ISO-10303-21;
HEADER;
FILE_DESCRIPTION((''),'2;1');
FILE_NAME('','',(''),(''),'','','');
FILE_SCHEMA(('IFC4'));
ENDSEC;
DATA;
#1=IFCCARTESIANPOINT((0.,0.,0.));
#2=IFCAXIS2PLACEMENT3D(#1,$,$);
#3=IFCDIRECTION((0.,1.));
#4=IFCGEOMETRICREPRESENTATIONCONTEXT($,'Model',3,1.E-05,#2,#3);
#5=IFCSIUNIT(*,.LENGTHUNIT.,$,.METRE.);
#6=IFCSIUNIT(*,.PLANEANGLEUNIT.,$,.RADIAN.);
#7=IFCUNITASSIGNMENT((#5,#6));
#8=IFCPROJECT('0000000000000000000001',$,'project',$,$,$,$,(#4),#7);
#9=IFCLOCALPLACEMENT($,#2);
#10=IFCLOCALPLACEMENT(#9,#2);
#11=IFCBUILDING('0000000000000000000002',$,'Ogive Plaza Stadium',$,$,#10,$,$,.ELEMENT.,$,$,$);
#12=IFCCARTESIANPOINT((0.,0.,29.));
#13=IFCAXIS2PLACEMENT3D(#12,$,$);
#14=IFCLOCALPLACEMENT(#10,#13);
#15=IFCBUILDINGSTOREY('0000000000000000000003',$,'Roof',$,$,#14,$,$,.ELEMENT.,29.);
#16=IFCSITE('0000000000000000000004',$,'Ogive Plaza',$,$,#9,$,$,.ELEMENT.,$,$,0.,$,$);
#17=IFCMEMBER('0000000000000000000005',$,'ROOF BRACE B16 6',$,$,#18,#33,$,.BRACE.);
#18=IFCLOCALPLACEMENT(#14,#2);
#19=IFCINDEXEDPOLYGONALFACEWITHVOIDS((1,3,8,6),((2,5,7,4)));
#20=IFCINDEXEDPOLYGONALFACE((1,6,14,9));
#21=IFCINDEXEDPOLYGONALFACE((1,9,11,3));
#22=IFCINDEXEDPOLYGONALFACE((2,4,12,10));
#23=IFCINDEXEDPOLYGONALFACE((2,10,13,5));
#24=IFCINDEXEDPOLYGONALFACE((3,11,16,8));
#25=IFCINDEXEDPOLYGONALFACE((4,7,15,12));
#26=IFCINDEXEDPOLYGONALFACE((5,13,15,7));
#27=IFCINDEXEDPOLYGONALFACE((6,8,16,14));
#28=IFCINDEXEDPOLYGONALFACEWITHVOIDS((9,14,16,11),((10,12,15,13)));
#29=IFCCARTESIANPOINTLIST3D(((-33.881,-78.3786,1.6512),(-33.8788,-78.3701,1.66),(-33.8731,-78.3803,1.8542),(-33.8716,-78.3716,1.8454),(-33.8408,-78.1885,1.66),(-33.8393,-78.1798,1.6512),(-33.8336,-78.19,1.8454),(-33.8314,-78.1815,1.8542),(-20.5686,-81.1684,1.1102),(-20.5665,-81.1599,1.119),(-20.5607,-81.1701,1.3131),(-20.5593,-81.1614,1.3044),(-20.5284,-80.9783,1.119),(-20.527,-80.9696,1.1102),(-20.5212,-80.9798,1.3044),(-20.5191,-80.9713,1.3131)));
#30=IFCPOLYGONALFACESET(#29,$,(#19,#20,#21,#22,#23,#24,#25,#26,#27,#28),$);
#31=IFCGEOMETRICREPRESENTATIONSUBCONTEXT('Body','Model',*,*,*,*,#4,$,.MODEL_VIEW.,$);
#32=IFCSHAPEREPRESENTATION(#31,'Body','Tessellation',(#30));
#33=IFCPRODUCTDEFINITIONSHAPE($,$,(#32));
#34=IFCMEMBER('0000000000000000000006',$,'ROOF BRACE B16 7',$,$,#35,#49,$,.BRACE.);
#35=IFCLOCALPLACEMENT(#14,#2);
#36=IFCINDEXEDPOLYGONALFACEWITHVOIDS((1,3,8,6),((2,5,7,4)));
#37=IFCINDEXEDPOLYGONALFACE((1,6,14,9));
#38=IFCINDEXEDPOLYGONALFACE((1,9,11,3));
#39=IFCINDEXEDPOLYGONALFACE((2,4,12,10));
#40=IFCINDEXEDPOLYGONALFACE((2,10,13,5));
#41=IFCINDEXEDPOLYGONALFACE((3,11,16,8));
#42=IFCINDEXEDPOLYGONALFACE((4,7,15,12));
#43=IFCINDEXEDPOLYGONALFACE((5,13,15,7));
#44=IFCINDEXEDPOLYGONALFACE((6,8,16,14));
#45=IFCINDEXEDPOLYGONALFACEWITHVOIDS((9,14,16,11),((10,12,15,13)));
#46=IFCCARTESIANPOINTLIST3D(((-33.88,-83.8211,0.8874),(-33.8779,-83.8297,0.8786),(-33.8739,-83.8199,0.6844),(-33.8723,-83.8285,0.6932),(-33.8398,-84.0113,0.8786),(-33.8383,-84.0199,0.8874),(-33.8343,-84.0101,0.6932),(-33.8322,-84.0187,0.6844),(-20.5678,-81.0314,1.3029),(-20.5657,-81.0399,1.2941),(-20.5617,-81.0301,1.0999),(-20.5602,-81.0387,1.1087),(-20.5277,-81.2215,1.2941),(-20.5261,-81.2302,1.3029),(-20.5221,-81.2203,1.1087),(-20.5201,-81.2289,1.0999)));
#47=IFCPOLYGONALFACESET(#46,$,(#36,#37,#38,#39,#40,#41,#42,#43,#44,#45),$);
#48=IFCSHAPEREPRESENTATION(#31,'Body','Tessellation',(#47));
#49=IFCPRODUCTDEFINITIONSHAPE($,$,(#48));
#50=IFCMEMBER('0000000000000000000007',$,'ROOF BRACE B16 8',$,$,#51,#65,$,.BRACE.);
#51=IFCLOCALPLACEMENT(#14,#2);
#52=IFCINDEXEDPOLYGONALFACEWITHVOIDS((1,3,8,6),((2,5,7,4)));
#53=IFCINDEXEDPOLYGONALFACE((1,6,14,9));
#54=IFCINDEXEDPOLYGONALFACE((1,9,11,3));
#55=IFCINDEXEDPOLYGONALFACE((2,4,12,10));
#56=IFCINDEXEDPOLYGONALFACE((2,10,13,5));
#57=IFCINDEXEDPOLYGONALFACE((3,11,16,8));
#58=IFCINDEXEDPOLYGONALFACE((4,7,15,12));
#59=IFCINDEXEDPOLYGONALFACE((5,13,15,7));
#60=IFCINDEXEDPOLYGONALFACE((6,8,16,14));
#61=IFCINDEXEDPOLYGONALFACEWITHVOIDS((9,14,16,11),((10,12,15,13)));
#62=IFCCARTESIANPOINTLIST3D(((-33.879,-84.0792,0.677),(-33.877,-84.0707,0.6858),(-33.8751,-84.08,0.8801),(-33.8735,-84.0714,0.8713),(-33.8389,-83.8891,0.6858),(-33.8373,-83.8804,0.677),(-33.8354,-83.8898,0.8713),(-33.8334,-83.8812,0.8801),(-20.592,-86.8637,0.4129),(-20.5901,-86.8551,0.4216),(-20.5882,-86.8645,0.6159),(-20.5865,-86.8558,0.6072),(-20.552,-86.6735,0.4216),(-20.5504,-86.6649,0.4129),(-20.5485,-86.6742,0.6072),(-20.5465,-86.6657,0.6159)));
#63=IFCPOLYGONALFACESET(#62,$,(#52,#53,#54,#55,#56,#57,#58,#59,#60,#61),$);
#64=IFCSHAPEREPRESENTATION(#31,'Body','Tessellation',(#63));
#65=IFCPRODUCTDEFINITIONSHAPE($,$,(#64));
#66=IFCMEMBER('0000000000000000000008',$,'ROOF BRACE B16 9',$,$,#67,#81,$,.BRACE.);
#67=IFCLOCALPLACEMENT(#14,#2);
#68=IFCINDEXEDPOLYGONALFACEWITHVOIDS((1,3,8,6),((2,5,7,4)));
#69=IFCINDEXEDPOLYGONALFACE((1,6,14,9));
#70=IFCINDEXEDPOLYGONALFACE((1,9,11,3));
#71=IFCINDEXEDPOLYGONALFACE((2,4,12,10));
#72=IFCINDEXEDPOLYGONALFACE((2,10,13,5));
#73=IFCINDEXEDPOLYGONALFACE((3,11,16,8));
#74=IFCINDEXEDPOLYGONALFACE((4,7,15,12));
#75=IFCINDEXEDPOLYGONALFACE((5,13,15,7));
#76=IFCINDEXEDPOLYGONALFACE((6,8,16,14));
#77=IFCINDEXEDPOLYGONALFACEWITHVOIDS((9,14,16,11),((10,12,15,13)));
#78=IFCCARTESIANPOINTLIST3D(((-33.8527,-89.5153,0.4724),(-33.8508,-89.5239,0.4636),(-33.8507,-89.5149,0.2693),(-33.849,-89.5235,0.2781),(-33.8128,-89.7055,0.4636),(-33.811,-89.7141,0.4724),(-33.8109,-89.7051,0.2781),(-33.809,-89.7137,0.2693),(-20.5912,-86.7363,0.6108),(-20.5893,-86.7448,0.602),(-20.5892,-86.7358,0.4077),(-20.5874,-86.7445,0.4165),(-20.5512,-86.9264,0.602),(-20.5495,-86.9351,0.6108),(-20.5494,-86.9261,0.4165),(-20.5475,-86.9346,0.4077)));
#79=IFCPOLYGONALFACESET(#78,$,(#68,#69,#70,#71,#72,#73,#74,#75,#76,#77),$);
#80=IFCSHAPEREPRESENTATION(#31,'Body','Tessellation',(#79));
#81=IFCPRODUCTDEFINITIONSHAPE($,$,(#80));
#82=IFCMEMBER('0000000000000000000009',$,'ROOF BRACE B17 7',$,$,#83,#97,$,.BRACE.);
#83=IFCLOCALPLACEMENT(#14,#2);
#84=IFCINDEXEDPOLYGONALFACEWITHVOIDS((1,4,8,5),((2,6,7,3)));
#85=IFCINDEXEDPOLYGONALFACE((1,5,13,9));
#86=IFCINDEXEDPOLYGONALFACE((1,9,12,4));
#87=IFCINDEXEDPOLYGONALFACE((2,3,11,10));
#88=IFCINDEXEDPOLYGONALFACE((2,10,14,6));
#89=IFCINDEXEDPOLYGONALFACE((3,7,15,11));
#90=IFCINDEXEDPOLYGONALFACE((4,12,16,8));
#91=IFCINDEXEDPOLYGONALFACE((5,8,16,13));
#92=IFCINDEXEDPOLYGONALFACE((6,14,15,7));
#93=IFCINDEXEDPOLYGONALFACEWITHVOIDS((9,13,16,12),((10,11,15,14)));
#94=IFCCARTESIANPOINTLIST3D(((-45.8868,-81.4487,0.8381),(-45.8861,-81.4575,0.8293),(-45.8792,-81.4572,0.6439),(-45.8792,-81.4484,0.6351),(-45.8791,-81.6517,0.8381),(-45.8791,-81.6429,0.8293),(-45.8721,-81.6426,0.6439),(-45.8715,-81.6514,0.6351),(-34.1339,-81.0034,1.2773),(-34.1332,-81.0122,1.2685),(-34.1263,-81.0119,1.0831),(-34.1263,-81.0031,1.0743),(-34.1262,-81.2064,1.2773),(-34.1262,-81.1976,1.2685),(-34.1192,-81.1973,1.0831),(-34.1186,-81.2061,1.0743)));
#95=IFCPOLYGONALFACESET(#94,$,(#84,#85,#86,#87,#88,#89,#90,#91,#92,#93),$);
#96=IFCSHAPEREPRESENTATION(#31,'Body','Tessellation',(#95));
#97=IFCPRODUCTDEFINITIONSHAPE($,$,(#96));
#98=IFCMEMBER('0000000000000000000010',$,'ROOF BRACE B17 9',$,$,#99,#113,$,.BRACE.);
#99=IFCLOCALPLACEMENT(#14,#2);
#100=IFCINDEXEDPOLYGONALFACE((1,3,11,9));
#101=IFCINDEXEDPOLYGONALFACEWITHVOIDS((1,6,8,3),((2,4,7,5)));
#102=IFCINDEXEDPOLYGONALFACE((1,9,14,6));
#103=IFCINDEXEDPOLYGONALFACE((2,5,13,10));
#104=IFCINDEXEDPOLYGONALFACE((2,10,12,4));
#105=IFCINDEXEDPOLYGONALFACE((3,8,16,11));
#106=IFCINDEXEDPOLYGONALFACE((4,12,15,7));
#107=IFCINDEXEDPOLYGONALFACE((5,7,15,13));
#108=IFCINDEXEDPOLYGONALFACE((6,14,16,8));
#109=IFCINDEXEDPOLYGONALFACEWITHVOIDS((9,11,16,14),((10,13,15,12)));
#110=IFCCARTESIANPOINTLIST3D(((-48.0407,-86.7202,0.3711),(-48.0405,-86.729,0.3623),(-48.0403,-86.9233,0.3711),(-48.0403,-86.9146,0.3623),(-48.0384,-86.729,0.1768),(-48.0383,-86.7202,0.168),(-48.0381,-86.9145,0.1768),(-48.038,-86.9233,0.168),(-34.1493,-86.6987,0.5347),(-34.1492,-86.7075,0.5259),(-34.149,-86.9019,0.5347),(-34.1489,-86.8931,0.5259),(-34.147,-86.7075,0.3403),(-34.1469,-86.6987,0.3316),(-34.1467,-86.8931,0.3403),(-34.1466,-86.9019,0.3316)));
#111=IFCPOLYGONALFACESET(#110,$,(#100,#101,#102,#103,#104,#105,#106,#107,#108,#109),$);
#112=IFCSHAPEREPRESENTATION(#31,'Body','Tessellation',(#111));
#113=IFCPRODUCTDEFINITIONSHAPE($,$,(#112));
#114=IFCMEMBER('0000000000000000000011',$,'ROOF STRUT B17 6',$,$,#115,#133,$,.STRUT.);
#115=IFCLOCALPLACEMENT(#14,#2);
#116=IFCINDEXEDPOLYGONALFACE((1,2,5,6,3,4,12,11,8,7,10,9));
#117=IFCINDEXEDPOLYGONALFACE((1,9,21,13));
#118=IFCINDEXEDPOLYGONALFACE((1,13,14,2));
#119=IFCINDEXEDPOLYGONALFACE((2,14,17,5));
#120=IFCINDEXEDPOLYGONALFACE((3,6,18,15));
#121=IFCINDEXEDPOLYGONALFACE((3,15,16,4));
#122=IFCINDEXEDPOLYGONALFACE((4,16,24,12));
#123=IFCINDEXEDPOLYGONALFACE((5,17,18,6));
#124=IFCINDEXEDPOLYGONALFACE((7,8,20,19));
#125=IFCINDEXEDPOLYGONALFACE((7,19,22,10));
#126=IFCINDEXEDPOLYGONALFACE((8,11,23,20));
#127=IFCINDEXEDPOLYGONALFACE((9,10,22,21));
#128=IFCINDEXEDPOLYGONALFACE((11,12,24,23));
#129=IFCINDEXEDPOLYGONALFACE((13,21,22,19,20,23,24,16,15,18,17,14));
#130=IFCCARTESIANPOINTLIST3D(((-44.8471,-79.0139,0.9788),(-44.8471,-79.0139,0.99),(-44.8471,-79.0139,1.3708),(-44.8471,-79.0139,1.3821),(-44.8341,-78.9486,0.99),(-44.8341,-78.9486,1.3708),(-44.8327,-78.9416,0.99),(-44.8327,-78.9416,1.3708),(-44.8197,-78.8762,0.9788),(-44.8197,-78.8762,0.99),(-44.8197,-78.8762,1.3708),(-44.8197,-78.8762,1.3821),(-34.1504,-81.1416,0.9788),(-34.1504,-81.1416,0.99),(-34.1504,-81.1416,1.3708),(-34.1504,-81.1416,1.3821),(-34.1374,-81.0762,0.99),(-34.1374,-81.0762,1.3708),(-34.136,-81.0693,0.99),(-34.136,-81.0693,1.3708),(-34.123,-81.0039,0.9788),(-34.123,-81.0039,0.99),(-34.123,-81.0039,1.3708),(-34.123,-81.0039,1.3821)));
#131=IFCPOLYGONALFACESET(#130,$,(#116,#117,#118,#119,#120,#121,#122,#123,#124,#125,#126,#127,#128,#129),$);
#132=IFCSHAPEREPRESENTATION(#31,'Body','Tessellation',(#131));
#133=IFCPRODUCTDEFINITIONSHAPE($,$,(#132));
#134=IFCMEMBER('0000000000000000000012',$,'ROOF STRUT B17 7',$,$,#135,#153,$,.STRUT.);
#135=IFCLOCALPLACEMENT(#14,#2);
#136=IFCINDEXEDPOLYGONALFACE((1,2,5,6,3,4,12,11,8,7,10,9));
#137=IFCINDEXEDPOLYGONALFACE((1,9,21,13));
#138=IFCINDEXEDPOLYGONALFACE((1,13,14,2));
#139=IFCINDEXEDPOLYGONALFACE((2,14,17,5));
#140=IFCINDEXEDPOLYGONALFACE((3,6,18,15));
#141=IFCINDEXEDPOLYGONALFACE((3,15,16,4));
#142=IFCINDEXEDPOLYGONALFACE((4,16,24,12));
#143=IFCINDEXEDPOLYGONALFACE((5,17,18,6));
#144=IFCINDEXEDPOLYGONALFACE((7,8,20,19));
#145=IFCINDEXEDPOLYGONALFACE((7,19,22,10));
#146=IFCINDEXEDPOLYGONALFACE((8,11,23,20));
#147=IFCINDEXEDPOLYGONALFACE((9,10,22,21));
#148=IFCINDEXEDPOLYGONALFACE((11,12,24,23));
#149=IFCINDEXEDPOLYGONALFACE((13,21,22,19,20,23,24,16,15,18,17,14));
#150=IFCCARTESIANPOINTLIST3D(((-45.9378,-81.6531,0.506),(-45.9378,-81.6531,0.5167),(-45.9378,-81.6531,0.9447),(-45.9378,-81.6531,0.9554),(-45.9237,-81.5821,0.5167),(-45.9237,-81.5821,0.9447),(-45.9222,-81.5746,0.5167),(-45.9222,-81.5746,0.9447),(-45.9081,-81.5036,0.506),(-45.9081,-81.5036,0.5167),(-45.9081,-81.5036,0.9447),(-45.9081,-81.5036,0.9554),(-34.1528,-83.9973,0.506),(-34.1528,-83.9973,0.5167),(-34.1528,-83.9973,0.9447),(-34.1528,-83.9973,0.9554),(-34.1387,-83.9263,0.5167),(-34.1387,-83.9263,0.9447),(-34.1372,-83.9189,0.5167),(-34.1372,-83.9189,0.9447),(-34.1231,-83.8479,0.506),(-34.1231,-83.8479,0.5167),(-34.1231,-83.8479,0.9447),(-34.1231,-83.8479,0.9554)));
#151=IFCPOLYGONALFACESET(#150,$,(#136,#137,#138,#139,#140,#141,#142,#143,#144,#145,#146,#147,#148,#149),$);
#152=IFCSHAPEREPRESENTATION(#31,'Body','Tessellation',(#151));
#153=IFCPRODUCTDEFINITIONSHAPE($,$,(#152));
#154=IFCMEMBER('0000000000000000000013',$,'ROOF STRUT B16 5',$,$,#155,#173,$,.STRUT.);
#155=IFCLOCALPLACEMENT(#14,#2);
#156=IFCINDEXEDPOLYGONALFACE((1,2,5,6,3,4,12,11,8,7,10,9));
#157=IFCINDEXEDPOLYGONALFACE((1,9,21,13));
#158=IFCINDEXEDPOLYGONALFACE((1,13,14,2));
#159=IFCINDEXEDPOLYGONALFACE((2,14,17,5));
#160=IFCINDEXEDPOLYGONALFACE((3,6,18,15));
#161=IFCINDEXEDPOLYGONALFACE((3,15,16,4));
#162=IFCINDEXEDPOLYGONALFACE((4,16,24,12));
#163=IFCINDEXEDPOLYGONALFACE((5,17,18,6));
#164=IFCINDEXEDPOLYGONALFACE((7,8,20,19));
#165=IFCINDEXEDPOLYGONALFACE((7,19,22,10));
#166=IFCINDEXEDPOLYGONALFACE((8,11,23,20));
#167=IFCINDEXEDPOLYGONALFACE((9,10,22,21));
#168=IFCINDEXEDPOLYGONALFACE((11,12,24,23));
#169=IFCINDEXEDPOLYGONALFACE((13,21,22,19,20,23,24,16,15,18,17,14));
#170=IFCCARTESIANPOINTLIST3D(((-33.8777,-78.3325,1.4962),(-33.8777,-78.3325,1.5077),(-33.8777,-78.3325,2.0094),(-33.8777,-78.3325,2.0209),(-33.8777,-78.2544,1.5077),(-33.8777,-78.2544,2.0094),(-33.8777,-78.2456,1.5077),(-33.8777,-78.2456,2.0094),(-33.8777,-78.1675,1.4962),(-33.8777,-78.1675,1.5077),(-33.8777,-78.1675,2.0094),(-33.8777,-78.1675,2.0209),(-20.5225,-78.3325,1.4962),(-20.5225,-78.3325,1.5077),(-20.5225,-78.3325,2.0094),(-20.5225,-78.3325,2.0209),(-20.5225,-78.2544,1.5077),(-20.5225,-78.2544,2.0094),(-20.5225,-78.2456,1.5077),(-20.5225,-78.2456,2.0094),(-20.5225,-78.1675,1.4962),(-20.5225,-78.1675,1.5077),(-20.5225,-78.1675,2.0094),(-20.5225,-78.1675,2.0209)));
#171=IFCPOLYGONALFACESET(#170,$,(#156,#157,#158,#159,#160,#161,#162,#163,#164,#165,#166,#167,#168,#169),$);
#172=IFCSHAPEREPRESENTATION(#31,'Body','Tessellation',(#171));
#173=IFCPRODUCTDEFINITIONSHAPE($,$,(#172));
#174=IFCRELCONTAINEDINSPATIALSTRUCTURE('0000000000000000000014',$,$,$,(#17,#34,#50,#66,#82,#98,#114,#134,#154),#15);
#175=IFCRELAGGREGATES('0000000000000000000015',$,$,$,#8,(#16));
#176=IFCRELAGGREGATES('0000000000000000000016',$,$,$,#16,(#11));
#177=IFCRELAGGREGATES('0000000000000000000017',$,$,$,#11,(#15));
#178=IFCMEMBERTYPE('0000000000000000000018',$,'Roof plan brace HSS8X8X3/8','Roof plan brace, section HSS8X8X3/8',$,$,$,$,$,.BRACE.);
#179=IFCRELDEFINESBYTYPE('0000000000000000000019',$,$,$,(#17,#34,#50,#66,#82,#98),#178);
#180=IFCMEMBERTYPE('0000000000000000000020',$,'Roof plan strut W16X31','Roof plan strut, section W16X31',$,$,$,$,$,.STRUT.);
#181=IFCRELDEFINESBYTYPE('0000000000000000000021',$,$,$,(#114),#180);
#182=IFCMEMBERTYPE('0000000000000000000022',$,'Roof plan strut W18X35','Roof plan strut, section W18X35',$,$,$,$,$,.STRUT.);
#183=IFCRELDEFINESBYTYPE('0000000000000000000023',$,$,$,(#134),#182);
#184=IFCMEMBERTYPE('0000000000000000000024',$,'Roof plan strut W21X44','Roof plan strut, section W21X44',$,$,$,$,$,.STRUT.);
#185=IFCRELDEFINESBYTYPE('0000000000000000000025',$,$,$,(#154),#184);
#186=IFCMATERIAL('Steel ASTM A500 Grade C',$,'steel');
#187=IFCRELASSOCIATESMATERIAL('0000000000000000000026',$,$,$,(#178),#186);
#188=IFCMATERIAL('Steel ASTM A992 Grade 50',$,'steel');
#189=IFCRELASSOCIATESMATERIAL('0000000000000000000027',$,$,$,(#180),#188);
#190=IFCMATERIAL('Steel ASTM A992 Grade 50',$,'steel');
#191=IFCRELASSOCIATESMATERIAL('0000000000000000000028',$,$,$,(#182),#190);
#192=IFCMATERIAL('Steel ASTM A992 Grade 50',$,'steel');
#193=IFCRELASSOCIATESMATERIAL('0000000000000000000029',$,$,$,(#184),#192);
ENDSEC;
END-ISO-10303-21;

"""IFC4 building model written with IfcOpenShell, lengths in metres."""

from ifc_helpers import new_model, si_unit, direction, frame, origin, origin_2d, place, context, subcontext, project, spatial, hollow_rectangle, i_section, extrude, material, material_profile, profile_set, type_object, element, save


model = new_model("IFC4")

# Units and contexts
model_context = context("Model", 3, precision=1e-05, world=origin(), true_north=direction((0.0, 1.0)))
body_context = subcontext(model_context, "Body", "Model", "MODEL_VIEW")
ifc_project = project(units=[si_unit("LENGTHUNIT", "METRE"), si_unit("PLANEANGLEUNIT", "RADIAN")], contexts=[model_context])

# Site, building, storey
site_placement = place(None, origin())
site = spatial("IfcSite", under=ifc_project, at=site_placement, Name="Ogive Plaza", CompositionType="ELEMENT", RefElevation=0.0)
building_placement = place(site_placement, origin())
building = spatial("IfcBuilding", under=site, at=building_placement, Name="Ogive Plaza Stadium", CompositionType="ELEMENT")
storey_placement = place(building_placement, frame((0.0, 0.0, 29.0)))
storey = spatial("IfcBuildingStorey", under=building, at=storey_placement, Name="Roof", CompositionType="ELEMENT", Elevation=29.0)

# Members
ifc_material_1 = material(Name="Steel ASTM A500 Grade C", Category="steel")
ifc_material_profile_1 = material_profile(ifc_material_1, hollow_rectangle(XDim=0.2031, YDim=0.2031, WallThickness=0.0088, at=origin_2d()), Name="HSS8X8X3/8")
ifc_profile_set_1 = profile_set([ifc_material_profile_1], Name="Steel ASTM A500 Grade C")
member_type_1 = type_object("IfcMemberType", Name="Roof plan brace HSS8X8X3/8", Description="Roof plan brace, section HSS8X8X3/8", PredefinedType="BRACE", material=ifc_profile_set_1)
member_1_placement = place(storey_placement, frame((-33.8562, -78.28, 1.7527), z_axis=(0.977966, -0.204948, -0.039745), x_axis=(0.20511, 0.978739, 0.0)))
element("IfcMember", 1, at=member_1_placement, inside=storey, type_object=member_type_1, Name="ROOF BRACE B16 6", PredefinedType="BRACE", context=body_context, shape_type="SweptSolid", body=[
    extrude(hollow_rectangle(XDim=0.2031, YDim=0.2031, WallThickness=0.0088, at=origin_2d()), origin(), (0.0, 0.0, 1.0), 13.6123),
])
member_2_placement = place(storey_placement, frame((-20.5439, -81.1301, 1.2014), z_axis=(-0.978282, -0.205015, -0.030536), x_axis=(0.20511, -0.978739, 0.0)))
element("IfcMember", 2, at=member_2_placement, inside=storey, type_object=member_type_1, Name="ROOF BRACE B16 7", PredefinedType="BRACE", context=body_context, shape_type="SweptSolid", body=[
    extrude(hollow_rectangle(XDim=0.2031, YDim=0.2031, WallThickness=0.0088, at=origin_2d()), origin(), (0.0, 0.0, 1.0), 13.6077),
])
member_3_placement = place(storey_placement, frame((-33.8562, -83.9802, 0.7786), z_axis=(0.978554, -0.205068, -0.019455), x_axis=(0.205107, 0.97874, 0.0)))
element("IfcMember", 3, at=member_3_placement, inside=storey, type_object=member_type_1, Name="ROOF BRACE B16 8", PredefinedType="BRACE", context=body_context, shape_type="SweptSolid", body=[
    extrude(hollow_rectangle(XDim=0.2031, YDim=0.2031, WallThickness=0.0088, at=origin_2d()), origin(), (0.0, 0.0, 1.0), 13.5781),
])
member_4_placement = place(storey_placement, frame((-20.5693, -86.8354, 0.5093), z_axis=(-0.978689, -0.205093, -0.010216), x_axis=(0.205103, -0.97874, 0.0)))
element("IfcMember", 4, at=member_4_placement, inside=storey, type_object=member_type_1, Name="ROOF BRACE B16 9", PredefinedType="BRACE", context=body_context, shape_type="SweptSolid", body=[
    extrude(hollow_rectangle(XDim=0.2031, YDim=0.2031, WallThickness=0.0088, at=origin_2d()), origin(), (0.0, 0.0, 1.0), 13.5503),
])
member_5_placement = place(storey_placement, frame((-34.1262, -81.1047, 1.1758), z_axis=(-0.998587, -0.037836, -0.037317), x_axis=(0.037862, -0.999283, 0.0)))
element("IfcMember", 5, at=member_5_placement, inside=storey, type_object=member_type_1, Name="ROOF BRACE B17 7", PredefinedType="BRACE", context=body_context, shape_type="SweptSolid", body=[
    extrude(hollow_rectangle(XDim=0.2031, YDim=0.2031, WallThickness=0.0088, at=origin_2d()), origin(), (0.0, 0.0, 1.0), 11.7695),
])
member_6_placement = place(storey_placement, frame((-34.1479, -86.8003, 0.4331), z_axis=(-0.999929, -0.001546, -0.011774), x_axis=(0.001547, -0.999999, 0.0)))
element("IfcMember", 6, at=member_6_placement, inside=storey, type_object=member_type_1, Name="ROOF BRACE B17 9", PredefinedType="BRACE", context=body_context, shape_type="SweptSolid", body=[
    extrude(hollow_rectangle(XDim=0.2031, YDim=0.2031, WallThickness=0.0088, at=origin_2d()), origin(), (0.0, 0.0, 1.0), 13.8923),
])
ifc_material_2 = material(Name="Steel ASTM A992 Grade 50", Category="steel")
ifc_material_profile_2 = material_profile(ifc_material_2, i_section(OverallWidth=0.1404, OverallDepth=0.4033, WebThickness=0.0071, FlangeThickness=0.0112, at=origin_2d()), Name="W16X31")
ifc_profile_set_2 = profile_set([ifc_material_profile_2], Name="Steel ASTM A992 Grade 50")
member_type_2 = type_object("IfcMemberType", Name="Roof plan strut W16X31", Description="Roof plan strut, section W16X31", PredefinedType="STRUT", material=ifc_profile_set_2)
member_7_placement = place(storey_placement, frame((-34.1367, -81.0728, 1.1804), z_axis=(-0.980786, 0.195087, 0.0), x_axis=(-0.195087, -0.980786, 0.0)))
element("IfcMember", 7, at=member_7_placement, inside=storey, type_object=member_type_2, Name="ROOF STRUT B17 6", PredefinedType="STRUT", context=body_context, shape_type="SweptSolid", body=[
    extrude(i_section(OverallWidth=0.1404, OverallDepth=0.4033, WebThickness=0.0071, FlangeThickness=0.0112, at=origin_2d()), origin(), (0.0, 0.0, 1.0), 10.9062),
])
ifc_material_3 = material(Name="Steel ASTM A992 Grade 50", Category="steel")
ifc_material_profile_3 = material_profile(ifc_material_3, i_section(OverallWidth=0.1523, OverallDepth=0.4495, WebThickness=0.0076, FlangeThickness=0.0107, at=origin_2d()), Name="W18X35")
ifc_profile_set_3 = profile_set([ifc_material_profile_3], Name="Steel ASTM A992 Grade 50")
member_type_3 = type_object("IfcMemberType", Name="Roof plan strut W18X35", Description="Roof plan strut, section W18X35", PredefinedType="STRUT", material=ifc_profile_set_3)
member_8_placement = place(storey_placement, frame((-34.1379, -83.9226, 0.7307), z_axis=(-0.980784, 0.195096, 0.0), x_axis=(-0.195096, -0.980784, 0.0)))
element("IfcMember", 8, at=member_8_placement, inside=storey, type_object=member_type_3, Name="ROOF STRUT B17 7", PredefinedType="STRUT", context=body_context, shape_type="SweptSolid", body=[
    extrude(i_section(OverallWidth=0.1523, OverallDepth=0.4495, WebThickness=0.0076, FlangeThickness=0.0107, at=origin_2d()), origin(), (0.0, 0.0, 1.0), 12.0159),
])
ifc_material_4 = material(Name="Steel ASTM A992 Grade 50", Category="steel")
ifc_material_profile_4 = material_profile(ifc_material_4, i_section(OverallWidth=0.165, OverallDepth=0.5247, WebThickness=0.0088, FlangeThickness=0.0115, at=origin_2d()), Name="W21X44")
ifc_profile_set_4 = profile_set([ifc_material_profile_4], Name="Steel ASTM A992 Grade 50")
member_type_4 = type_object("IfcMemberType", Name="Roof plan strut W21X44", Description="Roof plan strut, section W21X44", PredefinedType="STRUT", material=ifc_profile_set_4)
for number, where, z_axis, x_axis, name in (
    (9, (-20.5225, -78.25, 1.7585), (-1.0, 0.0, 0.0), (0.0, -1.0, 0.0), "ROOF STRUT B16 5"),
):
    element("IfcMember", number, at=place(storey_placement, frame(where, z_axis=z_axis, x_axis=x_axis)), inside=storey, type_object=member_type_4, Name=name, PredefinedType="STRUT", context=body_context, shape_type="SweptSolid", body=[
        extrude(i_section(OverallWidth=0.165, OverallDepth=0.5247, WebThickness=0.0088, FlangeThickness=0.0115, at=origin_2d()), origin(), (0.0, 0.0, 1.0), 13.3552),
    ])

save(model, "model.ifc")
